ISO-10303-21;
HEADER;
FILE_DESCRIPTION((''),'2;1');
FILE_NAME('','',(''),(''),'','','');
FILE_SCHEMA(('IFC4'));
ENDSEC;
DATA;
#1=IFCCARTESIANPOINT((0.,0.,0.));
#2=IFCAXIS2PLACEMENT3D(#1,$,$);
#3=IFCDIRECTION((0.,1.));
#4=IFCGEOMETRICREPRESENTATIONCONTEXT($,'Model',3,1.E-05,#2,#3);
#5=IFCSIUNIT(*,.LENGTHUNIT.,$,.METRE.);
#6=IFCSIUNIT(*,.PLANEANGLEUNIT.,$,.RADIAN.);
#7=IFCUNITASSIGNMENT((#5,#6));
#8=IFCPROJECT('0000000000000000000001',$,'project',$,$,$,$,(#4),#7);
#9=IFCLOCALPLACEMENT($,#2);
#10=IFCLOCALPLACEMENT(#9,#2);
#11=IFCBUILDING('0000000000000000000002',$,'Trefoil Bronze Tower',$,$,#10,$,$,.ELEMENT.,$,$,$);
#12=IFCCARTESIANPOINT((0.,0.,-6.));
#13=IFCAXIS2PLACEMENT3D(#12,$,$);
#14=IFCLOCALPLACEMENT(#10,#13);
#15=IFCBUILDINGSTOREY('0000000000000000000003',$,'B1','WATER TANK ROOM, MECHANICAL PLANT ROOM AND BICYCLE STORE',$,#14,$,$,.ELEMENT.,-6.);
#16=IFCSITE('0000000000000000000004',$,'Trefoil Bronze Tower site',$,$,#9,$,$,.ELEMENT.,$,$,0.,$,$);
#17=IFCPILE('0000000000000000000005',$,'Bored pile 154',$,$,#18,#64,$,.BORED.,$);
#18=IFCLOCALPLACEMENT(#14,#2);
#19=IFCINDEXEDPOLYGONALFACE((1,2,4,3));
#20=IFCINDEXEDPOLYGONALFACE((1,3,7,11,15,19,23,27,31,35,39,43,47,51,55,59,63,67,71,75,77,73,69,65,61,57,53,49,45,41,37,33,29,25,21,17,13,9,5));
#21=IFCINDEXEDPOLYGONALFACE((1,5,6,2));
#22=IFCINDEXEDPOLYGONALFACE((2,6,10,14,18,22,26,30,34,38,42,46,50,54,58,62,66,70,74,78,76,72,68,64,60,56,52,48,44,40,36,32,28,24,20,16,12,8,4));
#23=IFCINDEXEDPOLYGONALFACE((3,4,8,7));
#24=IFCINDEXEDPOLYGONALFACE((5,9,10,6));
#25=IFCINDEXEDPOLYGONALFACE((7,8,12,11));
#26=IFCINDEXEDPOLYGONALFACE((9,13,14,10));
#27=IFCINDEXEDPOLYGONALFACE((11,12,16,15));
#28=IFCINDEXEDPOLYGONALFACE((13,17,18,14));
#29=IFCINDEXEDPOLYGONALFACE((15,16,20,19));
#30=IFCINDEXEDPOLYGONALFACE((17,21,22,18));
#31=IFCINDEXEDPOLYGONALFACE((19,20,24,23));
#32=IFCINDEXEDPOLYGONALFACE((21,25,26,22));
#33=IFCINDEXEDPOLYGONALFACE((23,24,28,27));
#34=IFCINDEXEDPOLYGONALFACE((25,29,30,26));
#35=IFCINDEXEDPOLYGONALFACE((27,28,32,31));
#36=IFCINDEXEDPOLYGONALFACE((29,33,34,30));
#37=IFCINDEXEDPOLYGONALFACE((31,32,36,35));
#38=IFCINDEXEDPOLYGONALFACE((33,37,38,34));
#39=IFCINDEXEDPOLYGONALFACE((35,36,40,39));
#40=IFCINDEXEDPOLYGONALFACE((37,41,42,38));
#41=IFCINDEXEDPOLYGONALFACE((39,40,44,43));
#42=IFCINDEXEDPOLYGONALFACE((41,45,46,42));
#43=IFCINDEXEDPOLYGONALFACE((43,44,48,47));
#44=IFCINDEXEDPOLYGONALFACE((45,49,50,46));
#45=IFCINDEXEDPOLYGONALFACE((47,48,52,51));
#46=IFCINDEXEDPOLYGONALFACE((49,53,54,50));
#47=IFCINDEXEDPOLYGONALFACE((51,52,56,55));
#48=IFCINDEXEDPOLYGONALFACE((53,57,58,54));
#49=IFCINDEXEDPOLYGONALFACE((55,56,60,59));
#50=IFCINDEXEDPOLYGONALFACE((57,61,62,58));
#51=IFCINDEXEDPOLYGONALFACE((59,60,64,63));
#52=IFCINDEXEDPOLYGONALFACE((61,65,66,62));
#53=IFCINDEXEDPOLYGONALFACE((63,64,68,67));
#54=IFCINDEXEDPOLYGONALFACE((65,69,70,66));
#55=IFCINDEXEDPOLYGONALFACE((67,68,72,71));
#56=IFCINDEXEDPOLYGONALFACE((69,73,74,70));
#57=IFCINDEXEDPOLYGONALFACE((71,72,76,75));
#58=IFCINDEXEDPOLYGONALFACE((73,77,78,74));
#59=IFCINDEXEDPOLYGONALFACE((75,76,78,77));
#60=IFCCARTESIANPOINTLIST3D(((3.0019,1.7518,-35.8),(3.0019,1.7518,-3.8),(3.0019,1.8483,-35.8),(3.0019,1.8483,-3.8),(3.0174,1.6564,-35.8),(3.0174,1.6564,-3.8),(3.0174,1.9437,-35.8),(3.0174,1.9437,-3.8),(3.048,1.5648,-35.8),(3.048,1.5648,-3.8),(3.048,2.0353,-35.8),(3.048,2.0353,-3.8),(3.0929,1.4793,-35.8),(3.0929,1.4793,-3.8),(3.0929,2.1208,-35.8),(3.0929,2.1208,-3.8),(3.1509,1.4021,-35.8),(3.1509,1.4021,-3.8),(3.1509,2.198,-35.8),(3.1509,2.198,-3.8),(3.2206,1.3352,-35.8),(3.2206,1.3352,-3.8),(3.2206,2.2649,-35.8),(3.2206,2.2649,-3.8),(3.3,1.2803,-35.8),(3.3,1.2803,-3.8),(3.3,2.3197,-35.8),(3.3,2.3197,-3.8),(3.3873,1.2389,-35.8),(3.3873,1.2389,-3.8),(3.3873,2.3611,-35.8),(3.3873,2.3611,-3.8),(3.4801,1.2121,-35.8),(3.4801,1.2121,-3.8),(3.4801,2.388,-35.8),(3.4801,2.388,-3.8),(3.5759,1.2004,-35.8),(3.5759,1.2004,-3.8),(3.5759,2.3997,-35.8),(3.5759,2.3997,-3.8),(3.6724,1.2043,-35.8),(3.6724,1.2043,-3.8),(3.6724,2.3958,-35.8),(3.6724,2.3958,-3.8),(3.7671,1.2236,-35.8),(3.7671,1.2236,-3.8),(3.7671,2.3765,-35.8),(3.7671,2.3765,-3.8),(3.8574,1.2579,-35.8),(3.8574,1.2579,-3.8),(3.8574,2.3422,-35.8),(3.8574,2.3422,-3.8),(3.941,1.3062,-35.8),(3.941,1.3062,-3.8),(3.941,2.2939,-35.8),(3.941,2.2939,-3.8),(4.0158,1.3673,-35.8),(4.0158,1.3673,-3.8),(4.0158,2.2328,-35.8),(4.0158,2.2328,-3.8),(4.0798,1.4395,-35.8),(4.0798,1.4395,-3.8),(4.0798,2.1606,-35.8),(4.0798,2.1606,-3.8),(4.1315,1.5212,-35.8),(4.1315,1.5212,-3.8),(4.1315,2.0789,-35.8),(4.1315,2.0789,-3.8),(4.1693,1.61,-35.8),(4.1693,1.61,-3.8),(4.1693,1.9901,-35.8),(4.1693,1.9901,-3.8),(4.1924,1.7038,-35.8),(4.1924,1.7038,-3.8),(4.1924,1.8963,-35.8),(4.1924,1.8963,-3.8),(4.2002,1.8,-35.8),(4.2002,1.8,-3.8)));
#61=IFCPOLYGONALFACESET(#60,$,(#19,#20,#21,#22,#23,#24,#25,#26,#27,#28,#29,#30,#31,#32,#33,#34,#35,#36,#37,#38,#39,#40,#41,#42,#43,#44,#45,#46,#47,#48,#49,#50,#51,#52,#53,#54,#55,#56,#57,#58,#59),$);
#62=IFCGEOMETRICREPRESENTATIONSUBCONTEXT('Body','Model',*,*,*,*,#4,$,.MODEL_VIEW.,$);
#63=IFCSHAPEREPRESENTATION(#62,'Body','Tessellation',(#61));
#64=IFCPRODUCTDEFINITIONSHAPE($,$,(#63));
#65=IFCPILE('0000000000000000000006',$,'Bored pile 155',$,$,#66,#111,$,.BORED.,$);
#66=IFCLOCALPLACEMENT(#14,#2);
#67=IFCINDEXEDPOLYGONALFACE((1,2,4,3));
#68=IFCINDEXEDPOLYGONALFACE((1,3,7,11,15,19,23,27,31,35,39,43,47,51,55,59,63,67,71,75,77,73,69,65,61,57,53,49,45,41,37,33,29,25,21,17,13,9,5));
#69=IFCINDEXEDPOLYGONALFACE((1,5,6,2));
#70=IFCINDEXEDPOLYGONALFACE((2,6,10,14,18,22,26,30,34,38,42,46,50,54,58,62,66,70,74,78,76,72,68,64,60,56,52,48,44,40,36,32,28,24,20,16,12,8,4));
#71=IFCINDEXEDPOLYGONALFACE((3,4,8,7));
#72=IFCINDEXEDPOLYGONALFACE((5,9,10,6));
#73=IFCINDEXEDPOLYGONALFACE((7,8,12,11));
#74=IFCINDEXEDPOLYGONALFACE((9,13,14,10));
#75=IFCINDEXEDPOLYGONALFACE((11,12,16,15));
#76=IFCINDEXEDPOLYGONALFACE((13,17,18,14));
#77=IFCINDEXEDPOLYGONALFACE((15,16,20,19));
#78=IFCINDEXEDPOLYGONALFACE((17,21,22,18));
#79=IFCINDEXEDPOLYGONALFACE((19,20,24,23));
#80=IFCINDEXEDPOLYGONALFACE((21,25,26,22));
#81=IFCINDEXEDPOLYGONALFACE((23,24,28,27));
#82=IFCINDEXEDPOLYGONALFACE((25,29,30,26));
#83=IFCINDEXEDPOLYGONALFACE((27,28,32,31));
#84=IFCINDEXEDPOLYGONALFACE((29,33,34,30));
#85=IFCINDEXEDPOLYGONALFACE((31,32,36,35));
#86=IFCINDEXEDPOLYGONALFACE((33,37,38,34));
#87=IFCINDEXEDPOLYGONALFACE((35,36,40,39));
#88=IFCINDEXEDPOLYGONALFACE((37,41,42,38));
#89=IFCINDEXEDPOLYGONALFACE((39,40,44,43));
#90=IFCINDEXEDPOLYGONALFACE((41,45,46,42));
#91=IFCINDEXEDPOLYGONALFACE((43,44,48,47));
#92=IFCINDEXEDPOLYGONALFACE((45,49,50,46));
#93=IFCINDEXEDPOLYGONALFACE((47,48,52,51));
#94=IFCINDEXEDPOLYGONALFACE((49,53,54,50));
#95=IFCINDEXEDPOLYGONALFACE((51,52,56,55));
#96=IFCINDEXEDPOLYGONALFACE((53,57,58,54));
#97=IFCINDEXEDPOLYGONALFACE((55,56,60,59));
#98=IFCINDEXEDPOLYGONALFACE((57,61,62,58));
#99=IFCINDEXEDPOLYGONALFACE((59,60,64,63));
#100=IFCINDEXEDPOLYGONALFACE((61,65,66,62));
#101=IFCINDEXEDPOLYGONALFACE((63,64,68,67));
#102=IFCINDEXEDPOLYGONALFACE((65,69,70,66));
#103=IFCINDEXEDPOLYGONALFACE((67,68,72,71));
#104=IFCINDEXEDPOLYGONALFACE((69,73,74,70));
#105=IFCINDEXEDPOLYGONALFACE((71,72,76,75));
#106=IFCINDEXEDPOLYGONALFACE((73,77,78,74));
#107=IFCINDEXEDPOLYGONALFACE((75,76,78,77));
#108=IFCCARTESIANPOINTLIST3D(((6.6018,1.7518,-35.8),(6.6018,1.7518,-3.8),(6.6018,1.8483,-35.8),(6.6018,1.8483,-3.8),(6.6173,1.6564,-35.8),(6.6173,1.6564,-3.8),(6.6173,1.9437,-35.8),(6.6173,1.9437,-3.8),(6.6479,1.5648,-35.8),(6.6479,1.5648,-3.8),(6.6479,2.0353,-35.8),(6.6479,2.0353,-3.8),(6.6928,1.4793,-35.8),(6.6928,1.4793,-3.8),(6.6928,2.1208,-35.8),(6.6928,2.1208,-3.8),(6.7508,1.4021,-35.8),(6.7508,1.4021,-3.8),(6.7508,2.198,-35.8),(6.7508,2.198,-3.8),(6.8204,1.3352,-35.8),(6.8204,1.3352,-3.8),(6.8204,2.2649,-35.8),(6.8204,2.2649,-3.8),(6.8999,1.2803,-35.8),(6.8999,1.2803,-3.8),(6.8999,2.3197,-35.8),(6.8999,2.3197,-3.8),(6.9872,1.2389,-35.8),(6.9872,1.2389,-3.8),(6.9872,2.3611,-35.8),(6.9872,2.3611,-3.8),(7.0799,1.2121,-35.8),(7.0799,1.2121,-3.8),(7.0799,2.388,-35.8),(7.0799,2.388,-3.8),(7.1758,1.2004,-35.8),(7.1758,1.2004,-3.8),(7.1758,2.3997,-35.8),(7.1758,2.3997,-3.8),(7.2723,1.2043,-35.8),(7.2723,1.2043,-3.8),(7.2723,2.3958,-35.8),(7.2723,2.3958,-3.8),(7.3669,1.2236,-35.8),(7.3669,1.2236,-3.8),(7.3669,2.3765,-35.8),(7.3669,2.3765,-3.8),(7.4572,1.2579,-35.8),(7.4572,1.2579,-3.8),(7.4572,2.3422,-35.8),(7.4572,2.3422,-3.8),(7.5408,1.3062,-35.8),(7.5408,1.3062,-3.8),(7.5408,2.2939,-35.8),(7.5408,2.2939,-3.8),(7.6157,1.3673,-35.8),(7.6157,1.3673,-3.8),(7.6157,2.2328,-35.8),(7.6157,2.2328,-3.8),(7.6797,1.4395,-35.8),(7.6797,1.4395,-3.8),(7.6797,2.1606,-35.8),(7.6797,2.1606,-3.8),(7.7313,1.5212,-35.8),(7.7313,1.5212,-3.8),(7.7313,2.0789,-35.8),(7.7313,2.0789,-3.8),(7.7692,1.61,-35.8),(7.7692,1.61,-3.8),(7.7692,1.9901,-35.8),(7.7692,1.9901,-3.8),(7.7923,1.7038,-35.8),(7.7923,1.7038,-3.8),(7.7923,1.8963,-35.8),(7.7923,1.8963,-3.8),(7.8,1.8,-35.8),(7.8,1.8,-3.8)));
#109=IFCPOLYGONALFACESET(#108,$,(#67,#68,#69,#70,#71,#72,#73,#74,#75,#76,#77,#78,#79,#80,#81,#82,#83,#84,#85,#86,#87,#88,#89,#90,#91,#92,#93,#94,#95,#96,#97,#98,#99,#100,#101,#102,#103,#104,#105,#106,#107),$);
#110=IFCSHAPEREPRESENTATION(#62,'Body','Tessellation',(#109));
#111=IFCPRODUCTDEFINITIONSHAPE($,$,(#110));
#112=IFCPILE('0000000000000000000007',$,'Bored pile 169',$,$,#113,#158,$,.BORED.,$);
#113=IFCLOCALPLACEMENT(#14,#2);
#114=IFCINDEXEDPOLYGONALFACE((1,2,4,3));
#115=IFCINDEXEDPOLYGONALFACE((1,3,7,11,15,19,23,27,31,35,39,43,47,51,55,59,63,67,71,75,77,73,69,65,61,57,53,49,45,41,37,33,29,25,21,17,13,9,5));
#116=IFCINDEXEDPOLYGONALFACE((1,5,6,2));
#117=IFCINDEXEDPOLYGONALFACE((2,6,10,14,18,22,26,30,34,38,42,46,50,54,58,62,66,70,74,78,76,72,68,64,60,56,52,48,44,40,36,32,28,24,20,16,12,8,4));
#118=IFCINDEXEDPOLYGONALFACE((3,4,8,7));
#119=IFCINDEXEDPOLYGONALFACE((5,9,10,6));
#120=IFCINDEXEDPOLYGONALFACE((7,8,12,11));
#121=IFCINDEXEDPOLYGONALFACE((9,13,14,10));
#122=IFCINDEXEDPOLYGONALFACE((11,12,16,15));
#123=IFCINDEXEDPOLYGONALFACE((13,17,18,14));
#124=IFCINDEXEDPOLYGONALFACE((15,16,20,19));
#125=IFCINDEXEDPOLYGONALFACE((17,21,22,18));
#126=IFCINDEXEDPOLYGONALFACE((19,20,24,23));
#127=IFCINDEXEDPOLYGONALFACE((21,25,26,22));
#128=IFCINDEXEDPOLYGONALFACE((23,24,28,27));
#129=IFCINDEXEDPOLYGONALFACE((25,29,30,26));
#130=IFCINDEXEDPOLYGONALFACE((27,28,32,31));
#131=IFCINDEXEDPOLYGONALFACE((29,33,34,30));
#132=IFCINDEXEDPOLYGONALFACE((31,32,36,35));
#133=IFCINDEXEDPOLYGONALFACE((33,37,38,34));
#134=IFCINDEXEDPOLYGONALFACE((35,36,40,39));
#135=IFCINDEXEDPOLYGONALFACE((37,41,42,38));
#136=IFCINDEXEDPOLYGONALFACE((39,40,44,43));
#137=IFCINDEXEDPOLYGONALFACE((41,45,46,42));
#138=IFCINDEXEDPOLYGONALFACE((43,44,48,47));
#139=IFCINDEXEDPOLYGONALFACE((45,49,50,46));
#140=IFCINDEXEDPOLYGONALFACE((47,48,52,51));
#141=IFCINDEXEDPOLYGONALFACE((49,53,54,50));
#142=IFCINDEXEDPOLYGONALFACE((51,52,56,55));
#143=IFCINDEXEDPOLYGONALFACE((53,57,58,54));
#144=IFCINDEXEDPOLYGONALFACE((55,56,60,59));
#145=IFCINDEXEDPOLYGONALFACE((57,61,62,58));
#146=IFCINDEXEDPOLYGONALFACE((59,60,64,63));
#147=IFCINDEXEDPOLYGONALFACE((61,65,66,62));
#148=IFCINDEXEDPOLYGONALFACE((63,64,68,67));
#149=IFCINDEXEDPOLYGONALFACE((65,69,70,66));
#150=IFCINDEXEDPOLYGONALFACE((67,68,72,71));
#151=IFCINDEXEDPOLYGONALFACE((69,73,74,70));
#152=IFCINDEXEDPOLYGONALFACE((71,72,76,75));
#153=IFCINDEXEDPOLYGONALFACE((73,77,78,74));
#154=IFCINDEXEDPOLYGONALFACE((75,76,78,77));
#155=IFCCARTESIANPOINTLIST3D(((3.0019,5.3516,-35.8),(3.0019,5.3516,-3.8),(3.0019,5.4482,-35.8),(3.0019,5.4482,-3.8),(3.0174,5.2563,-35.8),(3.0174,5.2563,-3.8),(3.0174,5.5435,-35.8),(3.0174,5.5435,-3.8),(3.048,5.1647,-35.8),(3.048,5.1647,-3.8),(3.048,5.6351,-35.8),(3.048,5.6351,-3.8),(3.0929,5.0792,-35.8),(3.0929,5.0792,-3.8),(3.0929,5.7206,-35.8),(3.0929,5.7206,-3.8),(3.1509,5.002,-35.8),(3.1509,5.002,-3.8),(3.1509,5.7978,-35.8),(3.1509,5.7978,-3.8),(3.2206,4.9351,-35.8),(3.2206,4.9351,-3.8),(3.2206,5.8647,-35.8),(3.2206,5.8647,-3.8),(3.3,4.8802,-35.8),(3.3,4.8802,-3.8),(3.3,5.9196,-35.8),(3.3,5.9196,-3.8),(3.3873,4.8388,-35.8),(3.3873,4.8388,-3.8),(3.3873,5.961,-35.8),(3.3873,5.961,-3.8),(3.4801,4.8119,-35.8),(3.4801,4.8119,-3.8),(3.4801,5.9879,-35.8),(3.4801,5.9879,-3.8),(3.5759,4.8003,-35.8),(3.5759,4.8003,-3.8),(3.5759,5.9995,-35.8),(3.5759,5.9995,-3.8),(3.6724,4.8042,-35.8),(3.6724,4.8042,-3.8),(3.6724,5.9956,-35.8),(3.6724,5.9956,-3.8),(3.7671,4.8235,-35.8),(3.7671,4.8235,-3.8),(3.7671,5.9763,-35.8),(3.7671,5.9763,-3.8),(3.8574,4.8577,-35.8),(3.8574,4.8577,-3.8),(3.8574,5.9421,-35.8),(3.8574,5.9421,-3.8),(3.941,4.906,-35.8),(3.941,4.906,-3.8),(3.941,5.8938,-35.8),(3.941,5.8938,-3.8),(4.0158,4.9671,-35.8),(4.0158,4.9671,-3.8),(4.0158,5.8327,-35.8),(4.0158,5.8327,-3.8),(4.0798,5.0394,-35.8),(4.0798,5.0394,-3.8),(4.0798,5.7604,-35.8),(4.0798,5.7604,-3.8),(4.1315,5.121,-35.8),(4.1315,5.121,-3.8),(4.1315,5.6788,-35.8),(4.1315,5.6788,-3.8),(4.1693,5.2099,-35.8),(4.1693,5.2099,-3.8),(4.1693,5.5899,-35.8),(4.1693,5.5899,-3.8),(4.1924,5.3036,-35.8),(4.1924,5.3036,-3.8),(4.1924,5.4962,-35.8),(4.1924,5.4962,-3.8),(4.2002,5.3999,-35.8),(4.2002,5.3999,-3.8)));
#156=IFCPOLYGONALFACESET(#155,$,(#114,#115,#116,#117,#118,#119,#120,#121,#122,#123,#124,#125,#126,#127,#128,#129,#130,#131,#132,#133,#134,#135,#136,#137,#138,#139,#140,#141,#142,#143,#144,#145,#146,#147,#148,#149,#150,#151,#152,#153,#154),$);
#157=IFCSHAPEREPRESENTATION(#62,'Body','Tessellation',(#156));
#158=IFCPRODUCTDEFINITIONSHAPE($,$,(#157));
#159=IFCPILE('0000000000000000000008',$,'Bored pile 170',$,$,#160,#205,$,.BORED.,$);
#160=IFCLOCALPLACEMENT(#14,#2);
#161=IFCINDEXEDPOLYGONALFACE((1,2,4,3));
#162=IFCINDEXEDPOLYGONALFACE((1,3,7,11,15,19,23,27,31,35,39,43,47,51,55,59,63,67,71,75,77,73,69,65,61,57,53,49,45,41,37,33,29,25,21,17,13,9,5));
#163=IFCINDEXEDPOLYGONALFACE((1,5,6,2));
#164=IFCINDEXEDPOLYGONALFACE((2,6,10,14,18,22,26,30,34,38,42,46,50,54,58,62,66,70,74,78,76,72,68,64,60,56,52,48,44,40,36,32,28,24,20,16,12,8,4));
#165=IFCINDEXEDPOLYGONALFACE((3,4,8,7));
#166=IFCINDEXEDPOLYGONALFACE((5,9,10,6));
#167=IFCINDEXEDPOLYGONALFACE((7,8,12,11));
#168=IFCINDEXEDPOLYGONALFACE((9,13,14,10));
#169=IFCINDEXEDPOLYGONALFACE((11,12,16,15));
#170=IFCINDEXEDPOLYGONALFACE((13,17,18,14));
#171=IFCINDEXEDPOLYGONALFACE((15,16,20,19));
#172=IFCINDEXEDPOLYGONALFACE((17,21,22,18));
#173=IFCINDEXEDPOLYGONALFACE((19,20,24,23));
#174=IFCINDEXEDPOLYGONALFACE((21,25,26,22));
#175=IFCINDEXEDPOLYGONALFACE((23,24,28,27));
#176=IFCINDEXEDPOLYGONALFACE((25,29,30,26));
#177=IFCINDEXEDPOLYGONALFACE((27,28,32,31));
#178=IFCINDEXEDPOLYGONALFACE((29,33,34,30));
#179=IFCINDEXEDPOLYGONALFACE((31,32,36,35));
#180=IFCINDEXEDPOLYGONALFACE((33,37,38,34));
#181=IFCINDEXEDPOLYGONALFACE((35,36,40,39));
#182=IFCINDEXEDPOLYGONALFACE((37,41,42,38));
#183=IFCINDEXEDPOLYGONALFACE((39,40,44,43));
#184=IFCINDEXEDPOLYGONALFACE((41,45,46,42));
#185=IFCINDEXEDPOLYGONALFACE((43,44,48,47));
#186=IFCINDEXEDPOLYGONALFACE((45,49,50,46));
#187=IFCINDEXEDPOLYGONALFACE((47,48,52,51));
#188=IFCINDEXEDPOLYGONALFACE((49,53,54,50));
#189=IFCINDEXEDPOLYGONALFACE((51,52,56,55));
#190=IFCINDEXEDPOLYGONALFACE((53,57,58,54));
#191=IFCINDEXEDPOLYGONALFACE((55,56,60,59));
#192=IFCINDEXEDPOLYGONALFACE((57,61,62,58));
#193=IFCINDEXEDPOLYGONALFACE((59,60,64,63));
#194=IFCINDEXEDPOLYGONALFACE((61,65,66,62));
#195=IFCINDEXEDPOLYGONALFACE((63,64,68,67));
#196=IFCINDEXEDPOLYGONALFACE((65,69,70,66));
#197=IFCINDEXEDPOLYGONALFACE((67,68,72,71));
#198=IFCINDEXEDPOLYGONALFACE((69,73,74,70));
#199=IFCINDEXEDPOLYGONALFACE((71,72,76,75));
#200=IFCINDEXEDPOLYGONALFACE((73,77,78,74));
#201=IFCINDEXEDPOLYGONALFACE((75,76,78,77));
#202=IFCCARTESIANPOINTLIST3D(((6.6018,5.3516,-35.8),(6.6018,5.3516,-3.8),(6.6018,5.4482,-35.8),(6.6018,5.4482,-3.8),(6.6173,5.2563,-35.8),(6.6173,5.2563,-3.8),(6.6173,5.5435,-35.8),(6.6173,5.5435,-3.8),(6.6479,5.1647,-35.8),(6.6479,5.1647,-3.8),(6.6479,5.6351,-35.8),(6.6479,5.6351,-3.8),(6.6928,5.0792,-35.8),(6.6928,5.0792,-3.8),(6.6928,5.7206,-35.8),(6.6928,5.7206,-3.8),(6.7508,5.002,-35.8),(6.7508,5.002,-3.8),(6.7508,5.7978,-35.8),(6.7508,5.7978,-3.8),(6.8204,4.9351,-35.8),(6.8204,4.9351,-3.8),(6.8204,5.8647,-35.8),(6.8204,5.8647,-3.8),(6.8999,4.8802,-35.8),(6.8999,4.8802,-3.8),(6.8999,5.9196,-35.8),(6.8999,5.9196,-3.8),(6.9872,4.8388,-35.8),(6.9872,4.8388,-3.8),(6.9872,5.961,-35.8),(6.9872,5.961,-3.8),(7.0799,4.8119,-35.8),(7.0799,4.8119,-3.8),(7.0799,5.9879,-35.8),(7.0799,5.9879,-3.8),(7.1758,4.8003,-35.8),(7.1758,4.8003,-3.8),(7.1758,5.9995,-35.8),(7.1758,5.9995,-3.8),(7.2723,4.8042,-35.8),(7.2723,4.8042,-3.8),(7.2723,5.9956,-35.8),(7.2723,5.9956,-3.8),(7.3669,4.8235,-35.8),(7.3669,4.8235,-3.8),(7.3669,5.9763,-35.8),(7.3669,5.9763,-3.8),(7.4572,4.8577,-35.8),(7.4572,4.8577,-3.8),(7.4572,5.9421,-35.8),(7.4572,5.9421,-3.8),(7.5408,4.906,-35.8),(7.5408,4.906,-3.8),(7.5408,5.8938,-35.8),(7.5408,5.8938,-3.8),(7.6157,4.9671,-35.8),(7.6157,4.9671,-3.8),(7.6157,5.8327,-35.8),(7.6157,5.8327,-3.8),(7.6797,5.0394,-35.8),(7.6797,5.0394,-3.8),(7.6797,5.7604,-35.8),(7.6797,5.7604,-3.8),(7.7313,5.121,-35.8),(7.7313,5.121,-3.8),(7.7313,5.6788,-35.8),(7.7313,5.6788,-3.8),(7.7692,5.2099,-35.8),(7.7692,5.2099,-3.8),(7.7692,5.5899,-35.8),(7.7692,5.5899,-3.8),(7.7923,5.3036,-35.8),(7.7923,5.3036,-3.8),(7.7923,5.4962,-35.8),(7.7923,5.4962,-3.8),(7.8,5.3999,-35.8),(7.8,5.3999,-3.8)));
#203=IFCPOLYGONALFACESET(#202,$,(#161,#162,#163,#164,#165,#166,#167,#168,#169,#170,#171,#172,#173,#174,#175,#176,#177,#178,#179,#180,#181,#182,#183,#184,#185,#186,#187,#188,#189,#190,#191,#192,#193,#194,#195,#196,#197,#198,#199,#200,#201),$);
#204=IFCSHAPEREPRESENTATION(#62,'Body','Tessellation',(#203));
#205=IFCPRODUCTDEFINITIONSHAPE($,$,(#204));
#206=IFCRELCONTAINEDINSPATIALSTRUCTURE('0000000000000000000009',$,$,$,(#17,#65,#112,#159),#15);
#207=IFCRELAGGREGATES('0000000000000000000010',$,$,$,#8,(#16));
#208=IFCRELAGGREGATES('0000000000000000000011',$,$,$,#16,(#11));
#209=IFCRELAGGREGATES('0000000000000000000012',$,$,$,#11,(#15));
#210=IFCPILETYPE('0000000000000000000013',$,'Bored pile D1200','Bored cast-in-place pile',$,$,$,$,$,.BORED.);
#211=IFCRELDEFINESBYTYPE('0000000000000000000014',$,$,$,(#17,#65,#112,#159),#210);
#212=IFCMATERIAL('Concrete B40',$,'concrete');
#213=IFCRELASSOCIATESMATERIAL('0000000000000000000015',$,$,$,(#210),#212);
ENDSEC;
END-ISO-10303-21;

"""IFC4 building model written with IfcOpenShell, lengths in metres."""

from ifc_helpers import new_model, si_unit, direction, frame, origin, origin_2d, place, context, subcontext, project, spatial, circle, extrude, material, type_object, element, save


model = new_model("IFC4")

# Units and contexts
model_context = context("Model", 3, precision=1e-05, world=origin(), true_north=direction((0.0, 1.0)))
body_context = subcontext(model_context, "Body", "Model", "MODEL_VIEW")
ifc_project = project(units=[si_unit("LENGTHUNIT", "METRE"), si_unit("PLANEANGLEUNIT", "RADIAN")], contexts=[model_context])

# Site, building, storey
site_placement = place(None, origin())
site = spatial("IfcSite", under=ifc_project, at=site_placement, Name="Trefoil Bronze Tower site", CompositionType="ELEMENT", RefElevation=0.0)
building_placement = place(site_placement, origin())
building = spatial("IfcBuilding", under=site, at=building_placement, Name="Trefoil Bronze Tower", CompositionType="ELEMENT")
storey_placement = place(building_placement, frame((0.0, 0.0, -6.0)))
storey = spatial("IfcBuildingStorey", under=building, at=storey_placement, Name="B1", Description="WATER TANK ROOM, MECHANICAL PLANT ROOM AND BICYCLE STORE", CompositionType="ELEMENT", Elevation=-6.0)

# Piles
ifc_material_1 = material(Name="Concrete B40", Category="concrete")
pile_type = type_object("IfcPileType", Name="Bored pile D1200", Description="Bored cast-in-place pile", PredefinedType="BORED", material=ifc_material_1)
for number, where, z_axis, x_axis, name in (
    (1, (3.6001, 1.8, -3.8), (0.0, 0.0, -1.0), (1.0, 0.0, 0.0), "Bored pile 154"),
    (2, (7.2, 1.8, -3.8), (0.0, 0.0, -1.0), (1.0, 0.0, 0.0), "Bored pile 155"),
    (3, (3.6001, 5.3999, -3.8), (0.0, 0.0, -1.0), (1.0, 0.0, 0.0), "Bored pile 169"),
    (4, (7.2, 5.3999, -3.8), (0.0, 0.0, -1.0), (1.0, 0.0, 0.0), "Bored pile 170"),
):
    element("IfcPile", number, at=place(storey_placement, frame(where, z_axis=z_axis, x_axis=x_axis)), inside=storey, type_object=pile_type, Name=name, PredefinedType="BORED", context=body_context, shape_type="SweptSolid", body=[
        extrude(circle(Radius=0.6001, at=origin_2d()), origin(), (0.0, 0.0, 1.0), 32.0),
    ])

save(model, "model.ifc")
